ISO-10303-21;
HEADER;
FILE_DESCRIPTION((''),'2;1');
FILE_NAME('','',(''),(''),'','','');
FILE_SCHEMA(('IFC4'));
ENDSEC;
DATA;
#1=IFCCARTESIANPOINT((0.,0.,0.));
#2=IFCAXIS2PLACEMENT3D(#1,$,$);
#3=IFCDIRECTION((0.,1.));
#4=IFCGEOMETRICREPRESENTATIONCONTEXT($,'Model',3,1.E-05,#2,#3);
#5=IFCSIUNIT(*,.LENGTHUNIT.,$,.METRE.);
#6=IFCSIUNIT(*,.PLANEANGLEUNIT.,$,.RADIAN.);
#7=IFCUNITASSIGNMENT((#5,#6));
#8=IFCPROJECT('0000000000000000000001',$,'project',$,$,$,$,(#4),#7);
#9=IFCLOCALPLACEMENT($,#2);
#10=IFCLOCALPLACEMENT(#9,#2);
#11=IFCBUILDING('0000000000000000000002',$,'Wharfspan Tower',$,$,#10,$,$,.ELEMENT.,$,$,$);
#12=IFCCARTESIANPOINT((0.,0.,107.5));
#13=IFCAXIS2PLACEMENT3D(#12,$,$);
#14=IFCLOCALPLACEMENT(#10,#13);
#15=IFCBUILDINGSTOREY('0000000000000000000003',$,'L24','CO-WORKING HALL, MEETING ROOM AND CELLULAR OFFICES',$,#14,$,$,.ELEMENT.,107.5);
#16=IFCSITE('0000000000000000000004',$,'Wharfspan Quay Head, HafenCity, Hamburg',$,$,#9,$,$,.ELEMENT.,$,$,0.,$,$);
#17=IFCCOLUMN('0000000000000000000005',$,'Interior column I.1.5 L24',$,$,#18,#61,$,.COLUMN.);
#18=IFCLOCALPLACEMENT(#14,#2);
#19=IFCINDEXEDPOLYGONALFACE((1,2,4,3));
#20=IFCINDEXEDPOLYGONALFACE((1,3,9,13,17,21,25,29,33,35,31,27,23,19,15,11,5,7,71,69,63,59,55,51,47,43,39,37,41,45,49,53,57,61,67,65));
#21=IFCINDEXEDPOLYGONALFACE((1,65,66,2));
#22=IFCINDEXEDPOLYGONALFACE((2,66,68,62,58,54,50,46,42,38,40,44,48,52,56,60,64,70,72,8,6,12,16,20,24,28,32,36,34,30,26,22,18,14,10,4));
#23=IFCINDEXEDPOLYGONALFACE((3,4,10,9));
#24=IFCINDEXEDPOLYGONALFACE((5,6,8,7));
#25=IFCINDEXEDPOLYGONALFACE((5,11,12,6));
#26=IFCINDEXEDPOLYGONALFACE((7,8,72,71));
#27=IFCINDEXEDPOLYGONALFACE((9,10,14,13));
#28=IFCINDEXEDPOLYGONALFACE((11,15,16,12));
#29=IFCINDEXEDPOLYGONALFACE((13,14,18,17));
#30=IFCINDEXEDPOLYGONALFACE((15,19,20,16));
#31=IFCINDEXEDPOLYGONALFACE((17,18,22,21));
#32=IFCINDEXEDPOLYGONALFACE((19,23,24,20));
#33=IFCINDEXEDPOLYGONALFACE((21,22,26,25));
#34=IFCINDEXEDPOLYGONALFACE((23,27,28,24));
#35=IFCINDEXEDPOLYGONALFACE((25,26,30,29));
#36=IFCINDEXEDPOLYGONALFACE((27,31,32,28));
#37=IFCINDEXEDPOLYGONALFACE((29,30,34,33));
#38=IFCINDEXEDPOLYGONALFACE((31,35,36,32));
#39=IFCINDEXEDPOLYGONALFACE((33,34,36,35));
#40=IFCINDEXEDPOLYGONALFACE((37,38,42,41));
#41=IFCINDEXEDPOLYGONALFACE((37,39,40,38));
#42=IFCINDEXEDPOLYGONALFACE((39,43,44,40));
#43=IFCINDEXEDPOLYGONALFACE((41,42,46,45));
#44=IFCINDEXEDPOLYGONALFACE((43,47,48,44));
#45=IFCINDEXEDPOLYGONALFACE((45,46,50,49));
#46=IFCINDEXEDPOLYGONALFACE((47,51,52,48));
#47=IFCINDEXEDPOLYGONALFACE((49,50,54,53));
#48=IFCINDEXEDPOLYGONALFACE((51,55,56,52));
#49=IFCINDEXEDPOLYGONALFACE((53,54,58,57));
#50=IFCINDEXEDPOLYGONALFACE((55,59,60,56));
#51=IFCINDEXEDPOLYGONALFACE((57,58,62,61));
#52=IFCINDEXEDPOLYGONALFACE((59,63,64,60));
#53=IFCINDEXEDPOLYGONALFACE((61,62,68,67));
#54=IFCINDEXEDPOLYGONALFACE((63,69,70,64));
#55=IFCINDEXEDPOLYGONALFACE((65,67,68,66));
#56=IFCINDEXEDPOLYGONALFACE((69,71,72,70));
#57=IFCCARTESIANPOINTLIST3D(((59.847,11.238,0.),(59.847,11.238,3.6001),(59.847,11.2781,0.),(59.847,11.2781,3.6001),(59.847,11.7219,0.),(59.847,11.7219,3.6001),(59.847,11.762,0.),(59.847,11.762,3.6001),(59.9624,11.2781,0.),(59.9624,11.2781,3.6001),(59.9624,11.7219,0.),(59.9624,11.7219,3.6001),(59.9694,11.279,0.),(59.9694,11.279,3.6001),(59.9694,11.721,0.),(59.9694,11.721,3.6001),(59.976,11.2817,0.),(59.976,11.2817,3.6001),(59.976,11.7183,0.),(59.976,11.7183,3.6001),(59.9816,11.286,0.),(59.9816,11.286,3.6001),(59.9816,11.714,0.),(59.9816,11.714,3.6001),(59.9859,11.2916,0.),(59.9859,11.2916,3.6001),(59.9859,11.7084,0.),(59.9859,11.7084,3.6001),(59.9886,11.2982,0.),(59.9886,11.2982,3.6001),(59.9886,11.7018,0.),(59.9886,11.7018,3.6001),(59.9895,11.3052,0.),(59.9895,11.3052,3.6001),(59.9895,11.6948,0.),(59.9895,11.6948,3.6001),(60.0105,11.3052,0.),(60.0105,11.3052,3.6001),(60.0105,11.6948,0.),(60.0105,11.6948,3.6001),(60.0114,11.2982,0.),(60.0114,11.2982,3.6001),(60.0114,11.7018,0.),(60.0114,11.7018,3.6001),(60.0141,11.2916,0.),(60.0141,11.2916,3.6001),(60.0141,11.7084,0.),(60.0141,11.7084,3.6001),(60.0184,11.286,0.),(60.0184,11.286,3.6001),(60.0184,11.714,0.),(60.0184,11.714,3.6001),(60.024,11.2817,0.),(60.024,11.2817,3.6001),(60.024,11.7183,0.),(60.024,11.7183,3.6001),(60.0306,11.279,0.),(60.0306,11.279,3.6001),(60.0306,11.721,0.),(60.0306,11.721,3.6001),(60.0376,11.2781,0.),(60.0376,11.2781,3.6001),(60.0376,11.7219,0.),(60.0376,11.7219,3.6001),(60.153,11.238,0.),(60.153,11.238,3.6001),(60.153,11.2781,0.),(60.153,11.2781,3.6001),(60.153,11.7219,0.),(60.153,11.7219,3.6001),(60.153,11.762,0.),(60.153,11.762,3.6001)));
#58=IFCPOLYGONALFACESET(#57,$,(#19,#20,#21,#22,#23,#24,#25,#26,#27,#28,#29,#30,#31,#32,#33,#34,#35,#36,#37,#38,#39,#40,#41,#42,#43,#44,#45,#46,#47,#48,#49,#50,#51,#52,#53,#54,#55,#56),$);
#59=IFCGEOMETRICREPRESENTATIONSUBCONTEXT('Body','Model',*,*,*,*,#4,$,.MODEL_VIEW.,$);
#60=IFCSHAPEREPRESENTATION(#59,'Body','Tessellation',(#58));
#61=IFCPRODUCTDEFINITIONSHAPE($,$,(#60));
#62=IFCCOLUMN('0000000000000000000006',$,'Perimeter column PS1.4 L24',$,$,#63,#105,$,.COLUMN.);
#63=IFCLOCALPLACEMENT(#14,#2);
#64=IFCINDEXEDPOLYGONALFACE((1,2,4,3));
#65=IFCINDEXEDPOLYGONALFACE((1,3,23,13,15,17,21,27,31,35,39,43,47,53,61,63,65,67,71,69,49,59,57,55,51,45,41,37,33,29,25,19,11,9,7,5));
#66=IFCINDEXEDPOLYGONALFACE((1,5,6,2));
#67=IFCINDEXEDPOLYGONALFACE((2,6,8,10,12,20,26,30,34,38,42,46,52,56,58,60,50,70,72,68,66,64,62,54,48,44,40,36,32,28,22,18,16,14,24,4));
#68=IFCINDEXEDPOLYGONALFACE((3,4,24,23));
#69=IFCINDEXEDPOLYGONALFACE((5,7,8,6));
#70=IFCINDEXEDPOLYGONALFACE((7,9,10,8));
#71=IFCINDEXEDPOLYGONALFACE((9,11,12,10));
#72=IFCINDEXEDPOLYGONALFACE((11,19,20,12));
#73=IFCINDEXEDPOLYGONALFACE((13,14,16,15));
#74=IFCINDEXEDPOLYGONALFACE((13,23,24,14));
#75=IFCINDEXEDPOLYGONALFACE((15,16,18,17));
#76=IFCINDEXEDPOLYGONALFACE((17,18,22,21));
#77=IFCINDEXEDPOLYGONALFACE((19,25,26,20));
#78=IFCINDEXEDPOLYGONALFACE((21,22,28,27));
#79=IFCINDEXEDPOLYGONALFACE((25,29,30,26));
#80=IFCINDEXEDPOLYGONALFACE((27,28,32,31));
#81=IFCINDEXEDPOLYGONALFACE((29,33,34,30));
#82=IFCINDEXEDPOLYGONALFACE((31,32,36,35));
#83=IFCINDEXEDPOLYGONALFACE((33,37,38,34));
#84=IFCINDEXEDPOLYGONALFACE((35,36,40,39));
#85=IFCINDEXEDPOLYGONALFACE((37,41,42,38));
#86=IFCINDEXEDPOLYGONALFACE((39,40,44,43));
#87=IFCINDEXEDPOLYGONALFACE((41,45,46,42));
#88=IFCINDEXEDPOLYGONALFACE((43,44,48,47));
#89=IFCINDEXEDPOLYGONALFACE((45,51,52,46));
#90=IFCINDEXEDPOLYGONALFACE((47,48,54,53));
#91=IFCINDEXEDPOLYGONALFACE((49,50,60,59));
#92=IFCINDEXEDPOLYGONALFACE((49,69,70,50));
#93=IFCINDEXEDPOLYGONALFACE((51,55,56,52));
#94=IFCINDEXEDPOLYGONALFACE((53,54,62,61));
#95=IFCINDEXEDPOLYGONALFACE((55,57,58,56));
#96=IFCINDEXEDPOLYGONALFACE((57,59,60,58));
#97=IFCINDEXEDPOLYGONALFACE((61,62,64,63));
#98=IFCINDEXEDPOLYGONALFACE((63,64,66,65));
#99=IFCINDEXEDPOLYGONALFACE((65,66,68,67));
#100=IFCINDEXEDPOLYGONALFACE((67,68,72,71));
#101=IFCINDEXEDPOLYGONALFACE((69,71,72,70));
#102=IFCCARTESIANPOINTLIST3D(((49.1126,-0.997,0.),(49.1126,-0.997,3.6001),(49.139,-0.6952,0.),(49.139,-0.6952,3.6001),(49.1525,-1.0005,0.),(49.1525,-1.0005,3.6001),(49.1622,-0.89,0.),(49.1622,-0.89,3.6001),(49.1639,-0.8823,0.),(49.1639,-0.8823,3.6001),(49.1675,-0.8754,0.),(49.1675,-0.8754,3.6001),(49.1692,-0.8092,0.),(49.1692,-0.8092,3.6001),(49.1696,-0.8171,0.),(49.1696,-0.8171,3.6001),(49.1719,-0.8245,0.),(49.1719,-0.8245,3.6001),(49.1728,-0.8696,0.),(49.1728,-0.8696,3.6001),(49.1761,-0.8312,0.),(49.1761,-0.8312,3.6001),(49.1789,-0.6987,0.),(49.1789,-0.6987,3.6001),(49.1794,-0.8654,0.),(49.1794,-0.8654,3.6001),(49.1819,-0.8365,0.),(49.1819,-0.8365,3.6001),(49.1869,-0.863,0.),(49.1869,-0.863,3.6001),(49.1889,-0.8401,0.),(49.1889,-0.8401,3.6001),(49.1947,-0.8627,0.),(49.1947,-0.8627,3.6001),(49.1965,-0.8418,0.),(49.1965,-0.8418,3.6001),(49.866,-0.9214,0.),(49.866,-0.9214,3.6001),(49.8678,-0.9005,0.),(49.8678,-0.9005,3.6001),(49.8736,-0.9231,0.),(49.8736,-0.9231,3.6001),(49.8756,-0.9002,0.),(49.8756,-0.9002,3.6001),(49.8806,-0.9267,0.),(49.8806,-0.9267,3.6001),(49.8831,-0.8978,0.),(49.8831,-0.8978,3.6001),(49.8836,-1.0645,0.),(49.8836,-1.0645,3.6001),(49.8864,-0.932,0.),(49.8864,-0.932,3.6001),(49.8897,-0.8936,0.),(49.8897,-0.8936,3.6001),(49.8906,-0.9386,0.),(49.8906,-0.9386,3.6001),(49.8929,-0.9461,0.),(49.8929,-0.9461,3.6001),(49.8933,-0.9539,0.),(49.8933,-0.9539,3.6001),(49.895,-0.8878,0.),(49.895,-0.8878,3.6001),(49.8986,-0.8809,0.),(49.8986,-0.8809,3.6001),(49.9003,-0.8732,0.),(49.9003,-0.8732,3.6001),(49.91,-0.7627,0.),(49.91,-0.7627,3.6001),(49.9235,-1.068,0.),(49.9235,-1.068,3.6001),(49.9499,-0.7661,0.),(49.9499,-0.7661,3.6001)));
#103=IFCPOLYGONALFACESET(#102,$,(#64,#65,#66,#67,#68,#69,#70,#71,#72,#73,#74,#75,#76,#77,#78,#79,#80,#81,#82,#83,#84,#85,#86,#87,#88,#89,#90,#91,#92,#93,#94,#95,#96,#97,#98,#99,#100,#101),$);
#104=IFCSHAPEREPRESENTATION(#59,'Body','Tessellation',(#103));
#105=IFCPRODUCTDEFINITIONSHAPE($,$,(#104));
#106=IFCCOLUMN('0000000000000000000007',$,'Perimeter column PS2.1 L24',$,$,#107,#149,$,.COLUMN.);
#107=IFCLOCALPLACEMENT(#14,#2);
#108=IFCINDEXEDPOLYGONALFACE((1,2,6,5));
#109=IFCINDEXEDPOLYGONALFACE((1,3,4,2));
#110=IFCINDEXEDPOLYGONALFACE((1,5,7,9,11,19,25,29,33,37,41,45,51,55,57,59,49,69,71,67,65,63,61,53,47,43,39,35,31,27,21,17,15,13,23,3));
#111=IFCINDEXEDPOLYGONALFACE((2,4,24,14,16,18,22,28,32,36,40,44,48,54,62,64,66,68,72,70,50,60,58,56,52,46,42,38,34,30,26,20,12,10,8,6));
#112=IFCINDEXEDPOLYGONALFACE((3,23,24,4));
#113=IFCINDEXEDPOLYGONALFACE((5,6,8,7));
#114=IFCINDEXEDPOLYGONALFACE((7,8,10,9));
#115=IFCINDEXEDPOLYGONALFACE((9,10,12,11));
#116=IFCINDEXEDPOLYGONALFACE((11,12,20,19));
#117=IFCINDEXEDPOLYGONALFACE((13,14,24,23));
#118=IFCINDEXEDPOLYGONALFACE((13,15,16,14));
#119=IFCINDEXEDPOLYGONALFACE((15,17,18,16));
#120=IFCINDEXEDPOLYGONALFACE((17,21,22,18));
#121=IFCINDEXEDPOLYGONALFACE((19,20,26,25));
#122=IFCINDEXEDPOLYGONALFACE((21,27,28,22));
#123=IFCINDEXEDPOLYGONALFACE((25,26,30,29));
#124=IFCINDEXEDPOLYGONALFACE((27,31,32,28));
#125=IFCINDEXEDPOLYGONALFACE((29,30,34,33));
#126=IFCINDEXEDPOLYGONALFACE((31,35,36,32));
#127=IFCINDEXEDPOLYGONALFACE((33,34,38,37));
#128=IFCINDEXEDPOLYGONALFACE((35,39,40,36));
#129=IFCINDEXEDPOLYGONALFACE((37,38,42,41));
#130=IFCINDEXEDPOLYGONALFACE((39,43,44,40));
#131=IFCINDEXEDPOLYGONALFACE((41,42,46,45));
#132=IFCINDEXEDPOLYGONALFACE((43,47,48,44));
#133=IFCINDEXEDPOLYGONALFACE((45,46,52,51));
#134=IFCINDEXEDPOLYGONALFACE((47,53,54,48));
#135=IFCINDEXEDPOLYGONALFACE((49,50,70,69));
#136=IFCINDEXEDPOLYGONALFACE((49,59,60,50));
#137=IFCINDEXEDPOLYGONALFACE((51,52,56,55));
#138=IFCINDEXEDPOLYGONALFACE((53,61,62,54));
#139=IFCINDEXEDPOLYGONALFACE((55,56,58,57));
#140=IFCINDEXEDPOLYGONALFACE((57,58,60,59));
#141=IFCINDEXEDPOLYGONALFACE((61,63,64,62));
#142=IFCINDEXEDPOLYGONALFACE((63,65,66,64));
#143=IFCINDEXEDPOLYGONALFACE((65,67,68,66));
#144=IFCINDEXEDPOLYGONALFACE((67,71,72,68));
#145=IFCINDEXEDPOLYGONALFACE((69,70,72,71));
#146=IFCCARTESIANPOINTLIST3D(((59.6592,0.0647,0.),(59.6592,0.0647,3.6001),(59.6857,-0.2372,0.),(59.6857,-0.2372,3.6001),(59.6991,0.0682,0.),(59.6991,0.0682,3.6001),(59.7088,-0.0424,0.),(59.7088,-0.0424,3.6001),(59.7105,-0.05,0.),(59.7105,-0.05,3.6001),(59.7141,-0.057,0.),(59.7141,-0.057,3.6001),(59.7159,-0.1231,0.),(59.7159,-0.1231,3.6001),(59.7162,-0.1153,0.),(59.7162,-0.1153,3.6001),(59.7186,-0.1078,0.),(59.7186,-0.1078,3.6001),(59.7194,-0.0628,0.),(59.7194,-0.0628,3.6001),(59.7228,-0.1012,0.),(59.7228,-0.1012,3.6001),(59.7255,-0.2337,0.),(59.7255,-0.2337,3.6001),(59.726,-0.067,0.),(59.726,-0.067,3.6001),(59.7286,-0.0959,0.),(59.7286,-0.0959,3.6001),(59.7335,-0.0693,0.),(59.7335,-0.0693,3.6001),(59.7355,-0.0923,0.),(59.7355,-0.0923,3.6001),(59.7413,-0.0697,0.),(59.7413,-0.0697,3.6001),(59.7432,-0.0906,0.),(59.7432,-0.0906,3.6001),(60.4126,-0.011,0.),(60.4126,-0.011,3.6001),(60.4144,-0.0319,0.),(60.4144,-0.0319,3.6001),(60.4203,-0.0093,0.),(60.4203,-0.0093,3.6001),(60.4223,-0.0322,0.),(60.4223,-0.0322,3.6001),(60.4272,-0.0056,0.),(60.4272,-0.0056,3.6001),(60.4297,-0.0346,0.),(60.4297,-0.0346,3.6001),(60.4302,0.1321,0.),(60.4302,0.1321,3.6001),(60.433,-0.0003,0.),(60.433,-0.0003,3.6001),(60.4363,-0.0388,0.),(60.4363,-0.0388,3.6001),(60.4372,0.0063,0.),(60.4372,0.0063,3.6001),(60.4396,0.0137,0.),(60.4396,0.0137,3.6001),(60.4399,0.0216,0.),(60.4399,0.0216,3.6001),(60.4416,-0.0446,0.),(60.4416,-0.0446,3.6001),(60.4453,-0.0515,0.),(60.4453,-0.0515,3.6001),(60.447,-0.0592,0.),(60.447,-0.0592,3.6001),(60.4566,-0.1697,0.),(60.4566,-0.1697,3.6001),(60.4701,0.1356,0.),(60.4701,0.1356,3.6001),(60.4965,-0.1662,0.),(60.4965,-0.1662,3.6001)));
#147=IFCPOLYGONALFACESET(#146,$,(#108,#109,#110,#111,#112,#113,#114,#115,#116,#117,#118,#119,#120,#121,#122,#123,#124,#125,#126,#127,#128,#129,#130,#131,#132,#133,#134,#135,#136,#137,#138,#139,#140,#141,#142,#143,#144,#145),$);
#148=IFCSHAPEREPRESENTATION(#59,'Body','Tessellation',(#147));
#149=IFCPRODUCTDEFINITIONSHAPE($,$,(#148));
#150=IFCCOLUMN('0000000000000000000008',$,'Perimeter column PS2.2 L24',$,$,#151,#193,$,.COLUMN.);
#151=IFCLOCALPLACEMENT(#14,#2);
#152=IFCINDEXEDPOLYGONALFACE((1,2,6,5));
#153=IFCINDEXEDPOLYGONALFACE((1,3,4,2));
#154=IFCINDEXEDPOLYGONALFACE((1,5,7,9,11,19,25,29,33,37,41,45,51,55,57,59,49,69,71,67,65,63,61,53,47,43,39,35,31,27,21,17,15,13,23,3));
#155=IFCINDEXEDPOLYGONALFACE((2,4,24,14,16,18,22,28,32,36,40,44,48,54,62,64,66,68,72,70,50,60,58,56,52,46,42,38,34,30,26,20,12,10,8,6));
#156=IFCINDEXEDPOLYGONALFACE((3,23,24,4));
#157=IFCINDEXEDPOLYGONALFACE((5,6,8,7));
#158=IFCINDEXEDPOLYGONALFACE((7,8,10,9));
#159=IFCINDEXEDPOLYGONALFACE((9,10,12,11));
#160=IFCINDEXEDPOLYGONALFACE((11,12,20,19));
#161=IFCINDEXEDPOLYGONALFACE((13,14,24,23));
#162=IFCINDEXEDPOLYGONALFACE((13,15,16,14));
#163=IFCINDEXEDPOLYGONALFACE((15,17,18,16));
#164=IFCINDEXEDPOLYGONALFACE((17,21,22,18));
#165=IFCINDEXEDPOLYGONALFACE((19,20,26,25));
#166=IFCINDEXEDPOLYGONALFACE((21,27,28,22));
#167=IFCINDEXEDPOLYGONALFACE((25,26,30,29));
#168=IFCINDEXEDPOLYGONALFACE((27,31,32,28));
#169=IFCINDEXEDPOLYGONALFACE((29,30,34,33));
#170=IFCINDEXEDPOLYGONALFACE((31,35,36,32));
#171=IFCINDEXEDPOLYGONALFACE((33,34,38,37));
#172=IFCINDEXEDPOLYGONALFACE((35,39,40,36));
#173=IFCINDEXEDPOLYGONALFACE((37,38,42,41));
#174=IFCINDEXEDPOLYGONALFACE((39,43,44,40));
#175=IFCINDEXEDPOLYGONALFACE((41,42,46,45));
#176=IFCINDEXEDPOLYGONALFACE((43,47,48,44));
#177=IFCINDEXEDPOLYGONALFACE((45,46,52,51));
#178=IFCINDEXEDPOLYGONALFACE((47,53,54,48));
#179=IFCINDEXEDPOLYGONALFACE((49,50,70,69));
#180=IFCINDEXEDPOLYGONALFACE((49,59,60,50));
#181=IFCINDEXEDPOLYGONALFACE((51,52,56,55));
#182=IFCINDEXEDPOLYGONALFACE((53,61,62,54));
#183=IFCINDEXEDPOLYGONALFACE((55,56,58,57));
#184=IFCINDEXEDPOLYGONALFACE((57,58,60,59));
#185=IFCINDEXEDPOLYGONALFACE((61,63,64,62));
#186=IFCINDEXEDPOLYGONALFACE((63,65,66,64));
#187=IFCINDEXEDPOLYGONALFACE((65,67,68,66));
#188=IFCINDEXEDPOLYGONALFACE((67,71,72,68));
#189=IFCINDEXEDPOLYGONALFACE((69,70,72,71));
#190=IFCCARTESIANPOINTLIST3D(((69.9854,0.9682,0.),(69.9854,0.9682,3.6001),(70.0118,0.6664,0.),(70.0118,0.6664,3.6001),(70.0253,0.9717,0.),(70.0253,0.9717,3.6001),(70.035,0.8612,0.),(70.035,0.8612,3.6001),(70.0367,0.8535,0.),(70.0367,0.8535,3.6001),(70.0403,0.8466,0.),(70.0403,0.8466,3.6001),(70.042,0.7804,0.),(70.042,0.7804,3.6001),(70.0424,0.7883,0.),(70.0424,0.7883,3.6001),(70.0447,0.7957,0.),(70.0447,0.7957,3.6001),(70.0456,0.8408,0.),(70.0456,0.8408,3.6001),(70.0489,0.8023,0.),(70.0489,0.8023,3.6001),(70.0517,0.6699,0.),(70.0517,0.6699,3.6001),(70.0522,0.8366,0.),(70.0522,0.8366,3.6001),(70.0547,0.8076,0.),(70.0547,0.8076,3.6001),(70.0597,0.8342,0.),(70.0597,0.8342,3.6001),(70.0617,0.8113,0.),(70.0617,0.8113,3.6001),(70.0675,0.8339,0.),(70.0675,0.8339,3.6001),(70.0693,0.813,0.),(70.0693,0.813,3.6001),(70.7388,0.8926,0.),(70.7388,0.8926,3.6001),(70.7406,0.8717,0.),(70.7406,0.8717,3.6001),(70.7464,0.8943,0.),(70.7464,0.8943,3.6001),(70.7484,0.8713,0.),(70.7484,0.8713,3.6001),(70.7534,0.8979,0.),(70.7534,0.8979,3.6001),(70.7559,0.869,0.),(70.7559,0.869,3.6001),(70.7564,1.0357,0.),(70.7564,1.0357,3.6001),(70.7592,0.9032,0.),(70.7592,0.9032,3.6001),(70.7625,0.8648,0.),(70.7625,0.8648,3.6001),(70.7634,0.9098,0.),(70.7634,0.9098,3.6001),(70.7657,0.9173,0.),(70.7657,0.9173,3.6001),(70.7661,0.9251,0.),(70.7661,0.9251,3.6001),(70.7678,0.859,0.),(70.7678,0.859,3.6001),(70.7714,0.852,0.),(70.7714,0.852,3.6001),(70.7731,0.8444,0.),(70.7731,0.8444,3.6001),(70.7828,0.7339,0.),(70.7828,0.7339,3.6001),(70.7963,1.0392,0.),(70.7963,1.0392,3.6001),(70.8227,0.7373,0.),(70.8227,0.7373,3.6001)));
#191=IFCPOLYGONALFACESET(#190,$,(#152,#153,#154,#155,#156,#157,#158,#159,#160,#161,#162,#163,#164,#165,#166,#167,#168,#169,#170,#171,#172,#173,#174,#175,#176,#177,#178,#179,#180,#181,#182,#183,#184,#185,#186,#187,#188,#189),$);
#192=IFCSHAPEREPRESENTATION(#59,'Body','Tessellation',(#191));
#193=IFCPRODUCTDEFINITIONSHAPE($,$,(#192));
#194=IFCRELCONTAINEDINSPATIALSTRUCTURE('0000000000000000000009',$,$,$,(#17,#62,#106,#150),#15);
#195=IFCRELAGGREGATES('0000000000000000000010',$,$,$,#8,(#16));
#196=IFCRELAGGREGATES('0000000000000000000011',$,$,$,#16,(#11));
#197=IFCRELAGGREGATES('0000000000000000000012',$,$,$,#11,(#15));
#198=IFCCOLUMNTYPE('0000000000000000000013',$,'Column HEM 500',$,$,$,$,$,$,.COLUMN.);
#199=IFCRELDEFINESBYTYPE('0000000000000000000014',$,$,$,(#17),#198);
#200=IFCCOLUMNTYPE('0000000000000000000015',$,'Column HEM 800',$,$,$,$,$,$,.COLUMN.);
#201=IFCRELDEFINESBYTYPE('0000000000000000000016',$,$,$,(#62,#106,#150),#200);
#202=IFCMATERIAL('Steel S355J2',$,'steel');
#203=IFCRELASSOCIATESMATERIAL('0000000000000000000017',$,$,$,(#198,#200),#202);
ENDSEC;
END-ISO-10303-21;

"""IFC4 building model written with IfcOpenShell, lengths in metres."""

from ifc_helpers import new_model, si_unit, direction, frame, origin, origin_2d, place, context, subcontext, project, spatial, i_section, extrude, material, material_profile, profile_set, type_object, element, save


model = new_model("IFC4")

# Units and contexts
model_context = context("Model", 3, precision=1e-05, world=origin(), true_north=direction((0.0, 1.0)))
body_context = subcontext(model_context, "Body", "Model", "MODEL_VIEW")
ifc_project = project(units=[si_unit("LENGTHUNIT", "METRE"), si_unit("PLANEANGLEUNIT", "RADIAN")], contexts=[model_context])

# Site, building, storey
site_placement = place(None, origin())
site = spatial("IfcSite", under=ifc_project, at=site_placement, Name="Wharfspan Quay Head, HafenCity, Hamburg", CompositionType="ELEMENT", RefElevation=0.0)
building_placement = place(site_placement, origin())
building = spatial("IfcBuilding", under=site, at=building_placement, Name="Wharfspan Tower", CompositionType="ELEMENT")
storey_placement = place(building_placement, frame((0.0, 0.0, 107.5)))
storey = spatial("IfcBuildingStorey", under=building, at=storey_placement, Name="L24", Description="CO-WORKING HALL, MEETING ROOM AND CELLULAR OFFICES", CompositionType="ELEMENT", Elevation=107.5)

# Columns
ifc_material_1 = material(Name="Steel S355J2", Category="steel")
ifc_material_profile_1 = material_profile(ifc_material_1, i_section(OverallWidth=0.3059, OverallDepth=0.5239, WebThickness=0.021, FlangeThickness=0.04, FilletRadius=0.0271, at=origin_2d()))
ifc_profile_set_1 = profile_set([ifc_material_profile_1], Name="Steel S355J2")
column_type_1 = type_object("IfcColumnType", Name="Column HEM 500", PredefinedType="COLUMN", material=ifc_profile_set_1)
column_placement = place(storey_placement, frame((60.0, 11.5, 0.0), z_axis=(0.0, 0.0, 1.0), x_axis=(1.0, 0.0, 0.0)))
element("IfcColumn", 1, at=column_placement, inside=storey, type_object=column_type_1, Name="Interior column I.1.5 L24", PredefinedType="COLUMN", context=body_context, shape_type="SweptSolid", body=[
    extrude(i_section(OverallWidth=0.3059, OverallDepth=0.5239, WebThickness=0.021, FlangeThickness=0.04, FilletRadius=0.0271, at=origin_2d()), origin(), (0.0, 0.0, 1.0), 3.6001),
])
ifc_material_profile_2 = material_profile(ifc_material_1, i_section(OverallWidth=0.303, OverallDepth=0.814, WebThickness=0.021, FlangeThickness=0.04, FilletRadius=0.03, at=origin_2d()))
ifc_profile_set_2 = profile_set([ifc_material_profile_2], Name="Steel S355J2")
column_type_2 = type_object("IfcColumnType", Name="Column HEM 800", PredefinedType="COLUMN", material=ifc_profile_set_2)
for number, where, z_axis, x_axis, name in (
    (2, (49.5312, -0.8816, 0.0), (0.0, 0.0, 1.0), (-0.087156, -0.996198, 0.0), "Perimeter column PS1.4 L24"),
    (3, (60.0779, -0.0508, 0.0), (0.0, 0.0, 1.0), (0.087156, -0.996198, 0.0), "Perimeter column PS2.1 L24"),
    (4, (70.4041, 0.8528, 0.0), (0.0, 0.0, 1.0), (0.087156, -0.996198, 0.0), "Perimeter column PS2.2 L24"),
):
    element("IfcColumn", number, at=place(storey_placement, frame(where, z_axis=z_axis, x_axis=x_axis)), inside=storey, type_object=column_type_2, Name=name, PredefinedType="COLUMN", context=body_context, shape_type="SweptSolid", body=[
        extrude(i_section(OverallWidth=0.303, OverallDepth=0.814, WebThickness=0.021, FlangeThickness=0.04, FilletRadius=0.03, at=origin_2d()), origin(), (0.0, 0.0, 1.0), 3.6001),
    ])

save(model, "model.ifc")
